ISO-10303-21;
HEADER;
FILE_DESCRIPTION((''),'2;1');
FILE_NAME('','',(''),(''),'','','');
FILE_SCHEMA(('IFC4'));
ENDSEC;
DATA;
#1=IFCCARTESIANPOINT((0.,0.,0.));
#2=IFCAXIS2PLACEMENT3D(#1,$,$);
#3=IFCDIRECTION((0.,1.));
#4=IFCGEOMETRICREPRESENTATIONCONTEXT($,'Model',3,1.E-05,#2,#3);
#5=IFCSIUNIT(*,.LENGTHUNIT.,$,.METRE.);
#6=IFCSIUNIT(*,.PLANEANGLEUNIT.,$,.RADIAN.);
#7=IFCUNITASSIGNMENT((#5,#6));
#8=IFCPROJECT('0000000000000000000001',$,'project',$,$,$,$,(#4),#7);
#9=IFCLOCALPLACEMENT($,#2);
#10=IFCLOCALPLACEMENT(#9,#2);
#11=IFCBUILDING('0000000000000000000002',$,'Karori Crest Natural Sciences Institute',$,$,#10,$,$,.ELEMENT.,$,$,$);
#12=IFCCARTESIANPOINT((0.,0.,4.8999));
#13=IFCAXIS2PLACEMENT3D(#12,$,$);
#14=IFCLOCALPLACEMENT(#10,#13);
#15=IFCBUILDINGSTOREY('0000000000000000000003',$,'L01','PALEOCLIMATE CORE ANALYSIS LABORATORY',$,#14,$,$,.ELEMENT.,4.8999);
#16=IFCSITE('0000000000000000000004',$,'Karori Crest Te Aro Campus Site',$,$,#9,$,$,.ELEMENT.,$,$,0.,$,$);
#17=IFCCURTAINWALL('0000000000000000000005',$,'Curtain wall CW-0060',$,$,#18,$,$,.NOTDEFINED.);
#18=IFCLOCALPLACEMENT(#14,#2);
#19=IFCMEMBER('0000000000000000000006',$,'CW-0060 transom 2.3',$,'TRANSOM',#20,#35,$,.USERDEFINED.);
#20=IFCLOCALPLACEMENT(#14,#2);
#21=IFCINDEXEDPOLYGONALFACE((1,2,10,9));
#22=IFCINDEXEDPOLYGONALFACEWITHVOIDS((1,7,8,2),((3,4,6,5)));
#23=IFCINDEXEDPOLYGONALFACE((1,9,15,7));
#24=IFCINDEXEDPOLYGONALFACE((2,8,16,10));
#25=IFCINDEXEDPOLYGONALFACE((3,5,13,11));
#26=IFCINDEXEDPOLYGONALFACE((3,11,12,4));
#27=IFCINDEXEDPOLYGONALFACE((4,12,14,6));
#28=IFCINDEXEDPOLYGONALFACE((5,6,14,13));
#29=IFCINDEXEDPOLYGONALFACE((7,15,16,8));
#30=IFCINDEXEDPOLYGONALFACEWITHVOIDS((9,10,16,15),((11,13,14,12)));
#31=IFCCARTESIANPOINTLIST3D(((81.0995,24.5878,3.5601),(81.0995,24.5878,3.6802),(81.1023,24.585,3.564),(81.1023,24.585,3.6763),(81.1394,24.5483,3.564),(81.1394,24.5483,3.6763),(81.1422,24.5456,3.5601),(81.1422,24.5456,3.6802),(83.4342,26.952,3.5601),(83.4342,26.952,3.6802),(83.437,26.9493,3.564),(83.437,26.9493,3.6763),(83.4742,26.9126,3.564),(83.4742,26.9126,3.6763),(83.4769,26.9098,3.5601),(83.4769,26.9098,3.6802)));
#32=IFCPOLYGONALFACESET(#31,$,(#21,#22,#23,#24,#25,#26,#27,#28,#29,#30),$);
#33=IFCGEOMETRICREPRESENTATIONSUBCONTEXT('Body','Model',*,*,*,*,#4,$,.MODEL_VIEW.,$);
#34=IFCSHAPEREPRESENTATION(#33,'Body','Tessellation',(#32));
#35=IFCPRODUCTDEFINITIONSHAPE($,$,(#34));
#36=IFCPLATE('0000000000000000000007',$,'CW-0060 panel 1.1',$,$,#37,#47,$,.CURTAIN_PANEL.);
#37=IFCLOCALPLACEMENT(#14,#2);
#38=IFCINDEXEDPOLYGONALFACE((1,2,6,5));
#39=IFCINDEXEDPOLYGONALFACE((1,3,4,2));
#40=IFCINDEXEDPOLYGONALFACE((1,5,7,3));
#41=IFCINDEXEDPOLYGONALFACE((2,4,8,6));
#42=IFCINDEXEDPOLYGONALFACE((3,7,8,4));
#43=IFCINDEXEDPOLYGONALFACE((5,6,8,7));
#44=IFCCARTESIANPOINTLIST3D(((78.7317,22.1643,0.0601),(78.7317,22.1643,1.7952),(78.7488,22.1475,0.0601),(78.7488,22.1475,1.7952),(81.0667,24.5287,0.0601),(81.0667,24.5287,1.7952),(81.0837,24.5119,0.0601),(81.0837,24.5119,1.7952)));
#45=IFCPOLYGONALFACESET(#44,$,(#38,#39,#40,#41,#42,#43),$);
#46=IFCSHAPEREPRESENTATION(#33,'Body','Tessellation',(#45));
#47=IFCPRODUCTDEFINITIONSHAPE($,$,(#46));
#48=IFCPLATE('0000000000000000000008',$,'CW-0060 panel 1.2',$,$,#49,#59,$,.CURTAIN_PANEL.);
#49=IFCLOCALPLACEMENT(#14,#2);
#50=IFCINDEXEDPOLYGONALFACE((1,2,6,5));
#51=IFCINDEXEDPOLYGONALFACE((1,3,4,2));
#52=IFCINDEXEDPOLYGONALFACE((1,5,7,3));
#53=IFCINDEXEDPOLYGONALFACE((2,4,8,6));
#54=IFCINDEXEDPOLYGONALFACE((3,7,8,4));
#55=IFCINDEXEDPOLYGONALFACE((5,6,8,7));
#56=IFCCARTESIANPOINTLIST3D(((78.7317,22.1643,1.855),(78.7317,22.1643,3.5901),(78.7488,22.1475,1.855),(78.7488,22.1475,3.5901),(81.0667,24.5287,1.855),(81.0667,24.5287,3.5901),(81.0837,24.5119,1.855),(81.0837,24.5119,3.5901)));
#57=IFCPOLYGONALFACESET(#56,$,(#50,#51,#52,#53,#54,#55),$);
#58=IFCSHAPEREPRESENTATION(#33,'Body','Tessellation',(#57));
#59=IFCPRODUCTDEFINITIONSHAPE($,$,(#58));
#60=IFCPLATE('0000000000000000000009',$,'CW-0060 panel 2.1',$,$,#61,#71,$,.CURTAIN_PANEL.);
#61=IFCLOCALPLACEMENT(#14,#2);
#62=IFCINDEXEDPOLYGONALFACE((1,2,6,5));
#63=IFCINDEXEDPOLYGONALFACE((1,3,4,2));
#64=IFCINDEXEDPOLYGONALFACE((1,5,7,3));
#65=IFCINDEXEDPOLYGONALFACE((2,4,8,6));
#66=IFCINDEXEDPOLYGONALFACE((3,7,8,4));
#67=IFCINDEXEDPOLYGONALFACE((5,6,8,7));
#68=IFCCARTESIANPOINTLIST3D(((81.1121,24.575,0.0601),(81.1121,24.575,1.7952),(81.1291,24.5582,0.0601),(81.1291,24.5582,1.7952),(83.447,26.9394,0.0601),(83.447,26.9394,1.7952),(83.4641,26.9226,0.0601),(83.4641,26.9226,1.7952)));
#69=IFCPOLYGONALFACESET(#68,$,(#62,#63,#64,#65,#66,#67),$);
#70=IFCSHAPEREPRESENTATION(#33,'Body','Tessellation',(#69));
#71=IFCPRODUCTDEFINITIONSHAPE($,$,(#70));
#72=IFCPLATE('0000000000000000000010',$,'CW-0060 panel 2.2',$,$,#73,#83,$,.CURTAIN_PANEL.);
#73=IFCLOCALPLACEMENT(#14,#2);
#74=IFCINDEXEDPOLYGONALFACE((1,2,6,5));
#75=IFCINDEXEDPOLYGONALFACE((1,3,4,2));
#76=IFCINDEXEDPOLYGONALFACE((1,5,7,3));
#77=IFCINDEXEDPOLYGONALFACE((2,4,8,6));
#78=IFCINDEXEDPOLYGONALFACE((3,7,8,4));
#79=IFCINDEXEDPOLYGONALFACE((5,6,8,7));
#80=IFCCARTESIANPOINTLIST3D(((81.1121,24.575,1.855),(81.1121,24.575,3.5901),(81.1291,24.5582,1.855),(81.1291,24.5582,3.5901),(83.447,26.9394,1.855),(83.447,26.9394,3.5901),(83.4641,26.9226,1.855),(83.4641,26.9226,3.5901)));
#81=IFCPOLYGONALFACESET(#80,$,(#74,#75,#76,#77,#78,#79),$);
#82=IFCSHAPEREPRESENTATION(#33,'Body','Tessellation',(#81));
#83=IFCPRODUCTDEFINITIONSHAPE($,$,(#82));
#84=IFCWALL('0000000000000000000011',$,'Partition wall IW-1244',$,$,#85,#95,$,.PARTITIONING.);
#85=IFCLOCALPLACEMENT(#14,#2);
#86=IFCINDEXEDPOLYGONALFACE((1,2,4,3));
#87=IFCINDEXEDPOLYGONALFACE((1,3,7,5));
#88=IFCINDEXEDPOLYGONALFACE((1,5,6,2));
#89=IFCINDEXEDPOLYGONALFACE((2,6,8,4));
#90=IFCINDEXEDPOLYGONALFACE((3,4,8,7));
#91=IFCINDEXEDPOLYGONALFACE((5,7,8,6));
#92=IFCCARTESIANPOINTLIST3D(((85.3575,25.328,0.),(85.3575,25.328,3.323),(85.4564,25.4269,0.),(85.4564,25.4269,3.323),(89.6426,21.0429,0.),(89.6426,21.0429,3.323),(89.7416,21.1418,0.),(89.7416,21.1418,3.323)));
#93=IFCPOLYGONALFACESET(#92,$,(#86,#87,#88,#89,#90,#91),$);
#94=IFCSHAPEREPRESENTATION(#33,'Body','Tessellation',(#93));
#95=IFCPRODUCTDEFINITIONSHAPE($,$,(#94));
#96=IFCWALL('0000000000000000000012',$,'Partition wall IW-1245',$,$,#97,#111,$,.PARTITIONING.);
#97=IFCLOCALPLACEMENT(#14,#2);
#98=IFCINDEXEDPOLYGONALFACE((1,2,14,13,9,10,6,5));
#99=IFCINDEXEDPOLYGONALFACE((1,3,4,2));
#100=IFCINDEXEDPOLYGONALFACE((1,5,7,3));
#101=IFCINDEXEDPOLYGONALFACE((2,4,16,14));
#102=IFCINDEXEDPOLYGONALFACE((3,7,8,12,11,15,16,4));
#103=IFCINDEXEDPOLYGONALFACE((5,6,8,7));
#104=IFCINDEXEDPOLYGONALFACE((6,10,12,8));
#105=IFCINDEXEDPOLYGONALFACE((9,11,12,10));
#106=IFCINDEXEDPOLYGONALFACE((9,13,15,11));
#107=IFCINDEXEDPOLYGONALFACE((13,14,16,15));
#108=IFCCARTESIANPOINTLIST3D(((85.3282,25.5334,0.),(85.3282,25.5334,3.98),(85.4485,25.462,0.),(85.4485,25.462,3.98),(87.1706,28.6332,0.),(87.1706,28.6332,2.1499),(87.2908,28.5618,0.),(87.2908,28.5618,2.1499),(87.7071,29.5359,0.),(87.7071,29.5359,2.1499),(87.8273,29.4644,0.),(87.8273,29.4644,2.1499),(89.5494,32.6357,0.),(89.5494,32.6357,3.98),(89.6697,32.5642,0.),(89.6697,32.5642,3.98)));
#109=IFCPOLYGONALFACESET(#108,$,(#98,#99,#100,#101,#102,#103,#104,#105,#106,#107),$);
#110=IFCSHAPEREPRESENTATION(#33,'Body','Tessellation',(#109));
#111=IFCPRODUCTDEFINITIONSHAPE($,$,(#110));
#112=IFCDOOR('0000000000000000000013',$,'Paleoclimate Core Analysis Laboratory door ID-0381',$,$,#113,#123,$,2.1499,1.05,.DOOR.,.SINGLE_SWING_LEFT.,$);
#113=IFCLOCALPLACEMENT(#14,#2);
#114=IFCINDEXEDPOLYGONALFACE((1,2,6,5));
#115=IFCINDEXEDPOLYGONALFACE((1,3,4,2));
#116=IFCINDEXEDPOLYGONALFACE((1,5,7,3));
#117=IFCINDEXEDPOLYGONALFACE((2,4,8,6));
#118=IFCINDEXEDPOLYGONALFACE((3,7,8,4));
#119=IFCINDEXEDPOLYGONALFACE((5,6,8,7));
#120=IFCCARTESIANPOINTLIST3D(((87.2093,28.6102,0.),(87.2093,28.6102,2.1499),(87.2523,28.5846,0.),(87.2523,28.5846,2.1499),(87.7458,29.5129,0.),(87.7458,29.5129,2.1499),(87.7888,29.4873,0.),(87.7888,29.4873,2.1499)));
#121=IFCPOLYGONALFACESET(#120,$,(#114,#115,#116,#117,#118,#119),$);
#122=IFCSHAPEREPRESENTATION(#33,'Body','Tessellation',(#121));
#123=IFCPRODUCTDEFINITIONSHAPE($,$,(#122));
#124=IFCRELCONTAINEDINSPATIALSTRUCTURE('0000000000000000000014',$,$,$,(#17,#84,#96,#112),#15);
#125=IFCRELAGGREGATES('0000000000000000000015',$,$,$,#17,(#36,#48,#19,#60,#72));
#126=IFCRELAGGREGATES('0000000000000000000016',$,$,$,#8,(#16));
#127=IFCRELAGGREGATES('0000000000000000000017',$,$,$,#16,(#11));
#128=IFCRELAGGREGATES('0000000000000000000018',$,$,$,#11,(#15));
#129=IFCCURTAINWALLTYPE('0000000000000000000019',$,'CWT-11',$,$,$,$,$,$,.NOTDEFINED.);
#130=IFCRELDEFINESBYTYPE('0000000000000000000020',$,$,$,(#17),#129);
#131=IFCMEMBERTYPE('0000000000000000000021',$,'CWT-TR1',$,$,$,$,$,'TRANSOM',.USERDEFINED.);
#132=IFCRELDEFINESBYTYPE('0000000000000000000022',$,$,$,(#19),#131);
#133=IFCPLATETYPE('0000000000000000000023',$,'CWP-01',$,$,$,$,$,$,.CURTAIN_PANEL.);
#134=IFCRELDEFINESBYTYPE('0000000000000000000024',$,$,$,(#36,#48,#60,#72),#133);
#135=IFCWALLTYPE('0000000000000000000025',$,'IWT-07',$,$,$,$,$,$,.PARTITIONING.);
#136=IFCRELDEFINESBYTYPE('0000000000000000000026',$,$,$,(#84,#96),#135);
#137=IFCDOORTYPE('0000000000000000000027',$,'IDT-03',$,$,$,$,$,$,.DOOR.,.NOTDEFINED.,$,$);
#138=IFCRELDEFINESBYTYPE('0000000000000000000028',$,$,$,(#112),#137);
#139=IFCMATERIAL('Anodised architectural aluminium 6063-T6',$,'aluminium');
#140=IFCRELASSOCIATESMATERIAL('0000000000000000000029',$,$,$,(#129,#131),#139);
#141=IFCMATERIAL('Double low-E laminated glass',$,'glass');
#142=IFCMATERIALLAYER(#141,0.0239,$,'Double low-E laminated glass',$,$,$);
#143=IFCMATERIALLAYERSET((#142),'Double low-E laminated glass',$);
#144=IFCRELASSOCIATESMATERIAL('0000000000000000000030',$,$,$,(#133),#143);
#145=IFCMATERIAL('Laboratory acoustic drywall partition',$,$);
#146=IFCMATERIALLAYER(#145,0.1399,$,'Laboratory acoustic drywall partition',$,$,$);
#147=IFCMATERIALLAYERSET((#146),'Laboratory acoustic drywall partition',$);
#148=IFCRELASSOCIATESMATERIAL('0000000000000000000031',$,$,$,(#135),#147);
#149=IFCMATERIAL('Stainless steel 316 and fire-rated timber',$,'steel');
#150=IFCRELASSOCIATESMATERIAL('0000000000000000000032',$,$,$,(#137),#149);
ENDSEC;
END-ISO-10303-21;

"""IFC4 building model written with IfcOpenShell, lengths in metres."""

from ifc_helpers import new_model, si_unit, direction, frame, frame_2d, origin, origin_2d, place, context, subcontext, project, spatial, rectangle, hollow_rectangle, extrude, material, layer, layer_set, material_profile, profile_set, type_object, element, fill, aggregate, save


model = new_model("IFC4")

# Units and contexts
model_context = context("Model", 3, precision=1e-05, world=origin(), true_north=direction((0.0, 1.0)))
body_context = subcontext(model_context, "Body", "Model", "MODEL_VIEW")
ifc_project = project(units=[si_unit("LENGTHUNIT", "METRE"), si_unit("PLANEANGLEUNIT", "RADIAN")], contexts=[model_context])

# Site, building, storey
site_placement = place(None, origin())
site = spatial("IfcSite", under=ifc_project, at=site_placement, Name="Karori Crest Te Aro Campus Site", CompositionType="ELEMENT", RefElevation=0.0)
building_placement = place(site_placement, origin())
building = spatial("IfcBuilding", under=site, at=building_placement, Name="Karori Crest Natural Sciences Institute", CompositionType="ELEMENT")
storey_placement = place(building_placement, frame((0.0, 0.0, 4.8999)))
storey = spatial("IfcBuildingStorey", under=building, at=storey_placement, Name="L01", Description="PALEOCLIMATE CORE ANALYSIS LABORATORY", CompositionType="ELEMENT", Elevation=4.8999)

# Curtain wall, member, plates
ifc_material_1 = material(Name="Anodised architectural aluminium 6063-T6", Category="aluminium")
curtain_wall_type = type_object("IfcCurtainWallType", Name="CWT-11", PredefinedType="NOTDEFINED", material=ifc_material_1)
curtain_wall_placement = place(storey_placement, origin())
curtain_wall = element("IfcCurtainWall", 1, at=curtain_wall_placement, inside=storey, type_object=curtain_wall_type, Name="Curtain wall CW-0060", PredefinedType="NOTDEFINED")
ifc_material_profile_1 = material_profile(ifc_material_1, hollow_rectangle(XDim=0.0601, YDim=0.1201, WallThickness=0.0039, at=origin_2d()), Name="CWT120x60x4")
ifc_profile_set_1 = profile_set([ifc_material_profile_1], Name="Anodised architectural aluminium 6063-T6")
member_type_1 = type_object("IfcMemberType", Name="CWT-TR1", ElementType="TRANSOM", PredefinedType="USERDEFINED", material=ifc_profile_set_1)
member_1_placement = place(storey_placement, frame((81.1208, 24.5667, 3.6201), z_axis=(0.702648, 0.711538, 0.0), x_axis=(-0.711538, 0.702648, 0.0)))
member_1 = element("IfcMember", 2, at=member_1_placement, type_object=member_type_1, Name="CW-0060 transom 2.3", ObjectType="TRANSOM", PredefinedType="USERDEFINED", context=body_context, shape_type="SweptSolid", body=[
    extrude(hollow_rectangle(XDim=0.0601, YDim=0.1201, WallThickness=0.0039, at=origin_2d()), origin(), (0.0, 0.0, 1.0), 3.3228),
])
ifc_material_2 = material(Name="Double low-E laminated glass", Category="glass")
ifc_layer_1 = layer(ifc_material_2, 0.0239, Name="Double low-E laminated glass")
ifc_layer_set_1 = layer_set([ifc_layer_1], Name="Double low-E laminated glass")
plate_type = type_object("IfcPlateType", Name="CWP-01", PredefinedType="CURTAIN_PANEL", material=ifc_layer_set_1)
plate_1_placement = place(storey_placement, frame((79.9077, 23.3381, 0.0601), z_axis=(0.0, 0.0, 1.0), x_axis=(0.702656, 0.711529, 0.0)))
plate_1 = element("IfcPlate", 3, at=plate_1_placement, type_object=plate_type, Name="CW-0060 panel 1.1", PredefinedType="CURTAIN_PANEL", context=body_context, shape_type="SweptSolid", body=[
    extrude(rectangle(XDim=3.323, YDim=0.0239, at=origin_2d()), origin(), (0.0, 0.0, 1.0), 1.7351),
])
plate_2_placement = place(storey_placement, frame((79.9077, 23.3381, 1.855), z_axis=(0.0, 0.0, 1.0), x_axis=(0.702656, 0.711529, 0.0)))
plate_2 = element("IfcPlate", 4, at=plate_2_placement, type_object=plate_type, Name="CW-0060 panel 1.2", PredefinedType="CURTAIN_PANEL", context=body_context, shape_type="SweptSolid", body=[
    extrude(rectangle(XDim=3.323, YDim=0.0239, at=origin_2d()), origin(), (0.0, 0.0, 1.0), 1.7351),
])
plate_3_placement = place(storey_placement, frame((82.2881, 25.7488, 0.0601), z_axis=(0.0, 0.0, 1.0), x_axis=(0.702656, 0.711529, 0.0)))
plate_3 = element("IfcPlate", 5, at=plate_3_placement, type_object=plate_type, Name="CW-0060 panel 2.1", PredefinedType="CURTAIN_PANEL", context=body_context, shape_type="SweptSolid", body=[
    extrude(rectangle(XDim=3.323, YDim=0.0239, at=origin_2d()), origin(), (0.0, 0.0, 1.0), 1.7351),
])
plate_4_placement = place(storey_placement, frame((82.2881, 25.7488, 1.855), z_axis=(0.0, 0.0, 1.0), x_axis=(0.702656, 0.711529, 0.0)))
plate_4 = element("IfcPlate", 6, at=plate_4_placement, type_object=plate_type, Name="CW-0060 panel 2.2", PredefinedType="CURTAIN_PANEL", context=body_context, shape_type="SweptSolid", body=[
    extrude(rectangle(XDim=3.323, YDim=0.0239, at=origin_2d()), origin(), (0.0, 0.0, 1.0), 1.7351),
])
aggregate(curtain_wall, [plate_1, plate_2, member_1, plate_3, plate_4])

# Wall
ifc_material_3 = material(Name="Laboratory acoustic drywall partition")
ifc_layer_2 = layer(ifc_material_3, 0.1399, Name="Laboratory acoustic drywall partition")
ifc_layer_set_2 = layer_set([ifc_layer_2], Name="Laboratory acoustic drywall partition")
wall_type = type_object("IfcWallType", Name="IWT-07", PredefinedType="PARTITIONING", material=ifc_layer_set_2)
wall_1_placement = place(storey_placement, frame((85.407, 25.3774, 0.0), z_axis=(0.0, 0.0, 1.0), x_axis=(0.707107, -0.707107, 0.0)))
element("IfcWall", 7, at=wall_1_placement, inside=storey, type_object=wall_type, Name="Partition wall IW-1244", PredefinedType="PARTITIONING", context=body_context, shape_type="SweptSolid", body=[
    extrude(rectangle(XDim=6.0601, YDim=0.1399, at=frame_2d((3.03, 0.0))), origin(), (0.0, 0.0, 1.0), 3.323),
])

# Wall, opening, door
wall_2_placement = place(storey_placement, frame((85.3884, 25.4978, 0.0), z_axis=(0.0, 0.0, 1.0), x_axis=(0.510915, 0.859631, 0.0)))
wall_2 = element("IfcWall", 8, at=wall_2_placement, inside=storey, type_object=wall_type, Name="Partition wall IW-1245", PredefinedType="PARTITIONING", context=body_context, shape_type="SweptSolid", body=[
    extrude(rectangle(XDim=8.262, YDim=0.1399, at=frame_2d((4.1309, 0.0))), origin(), (0.0, 0.0, 1.0), 3.98),
])
opening_placement = place(wall_2_placement, frame((3.606, 0.0, 0.0)))
opening = element("IfcOpeningElement", 9, at=opening_placement, cuts=wall_2, PredefinedType="OPENING", context=body_context, shape_type="SweptSolid", body=[
    extrude(rectangle(XDim=1.05, YDim=2.1499, at=frame_2d((0.5249, 1.075))), frame((0.0, 0.0801, 0.0), z_axis=(0.0, -1.0, 0.0), x_axis=(1.0, 0.0, 0.0)), (0.0, 0.0, 1.0), 0.1599),
])
ifc_material_4 = material(Name="Stainless steel 316 and fire-rated timber", Category="steel")
door_type = type_object("IfcDoorType", Name="IDT-03", OperationType="NOTDEFINED", PredefinedType="DOOR", material=ifc_material_4)
door_placement = place(opening_placement, origin())
door = element("IfcDoor", 10, at=door_placement, inside=storey, type_object=door_type, Name="Paleoclimate Core Analysis Laboratory door ID-0381", OperationType="SINGLE_SWING_LEFT", OverallHeight=2.1499, OverallWidth=1.05, PredefinedType="DOOR", context=body_context, shape_type="SweptSolid", body=[
    extrude(rectangle(XDim=1.05, YDim=2.1499, at=frame_2d((0.5249, 1.075))), frame((0.0, 0.0249, 0.0), z_axis=(0.0, -1.0, 0.0), x_axis=(1.0, 0.0, 0.0)), (0.0, 0.0, 1.0), 0.05),
])
fill(opening, door)

save(model, "model.ifc")
